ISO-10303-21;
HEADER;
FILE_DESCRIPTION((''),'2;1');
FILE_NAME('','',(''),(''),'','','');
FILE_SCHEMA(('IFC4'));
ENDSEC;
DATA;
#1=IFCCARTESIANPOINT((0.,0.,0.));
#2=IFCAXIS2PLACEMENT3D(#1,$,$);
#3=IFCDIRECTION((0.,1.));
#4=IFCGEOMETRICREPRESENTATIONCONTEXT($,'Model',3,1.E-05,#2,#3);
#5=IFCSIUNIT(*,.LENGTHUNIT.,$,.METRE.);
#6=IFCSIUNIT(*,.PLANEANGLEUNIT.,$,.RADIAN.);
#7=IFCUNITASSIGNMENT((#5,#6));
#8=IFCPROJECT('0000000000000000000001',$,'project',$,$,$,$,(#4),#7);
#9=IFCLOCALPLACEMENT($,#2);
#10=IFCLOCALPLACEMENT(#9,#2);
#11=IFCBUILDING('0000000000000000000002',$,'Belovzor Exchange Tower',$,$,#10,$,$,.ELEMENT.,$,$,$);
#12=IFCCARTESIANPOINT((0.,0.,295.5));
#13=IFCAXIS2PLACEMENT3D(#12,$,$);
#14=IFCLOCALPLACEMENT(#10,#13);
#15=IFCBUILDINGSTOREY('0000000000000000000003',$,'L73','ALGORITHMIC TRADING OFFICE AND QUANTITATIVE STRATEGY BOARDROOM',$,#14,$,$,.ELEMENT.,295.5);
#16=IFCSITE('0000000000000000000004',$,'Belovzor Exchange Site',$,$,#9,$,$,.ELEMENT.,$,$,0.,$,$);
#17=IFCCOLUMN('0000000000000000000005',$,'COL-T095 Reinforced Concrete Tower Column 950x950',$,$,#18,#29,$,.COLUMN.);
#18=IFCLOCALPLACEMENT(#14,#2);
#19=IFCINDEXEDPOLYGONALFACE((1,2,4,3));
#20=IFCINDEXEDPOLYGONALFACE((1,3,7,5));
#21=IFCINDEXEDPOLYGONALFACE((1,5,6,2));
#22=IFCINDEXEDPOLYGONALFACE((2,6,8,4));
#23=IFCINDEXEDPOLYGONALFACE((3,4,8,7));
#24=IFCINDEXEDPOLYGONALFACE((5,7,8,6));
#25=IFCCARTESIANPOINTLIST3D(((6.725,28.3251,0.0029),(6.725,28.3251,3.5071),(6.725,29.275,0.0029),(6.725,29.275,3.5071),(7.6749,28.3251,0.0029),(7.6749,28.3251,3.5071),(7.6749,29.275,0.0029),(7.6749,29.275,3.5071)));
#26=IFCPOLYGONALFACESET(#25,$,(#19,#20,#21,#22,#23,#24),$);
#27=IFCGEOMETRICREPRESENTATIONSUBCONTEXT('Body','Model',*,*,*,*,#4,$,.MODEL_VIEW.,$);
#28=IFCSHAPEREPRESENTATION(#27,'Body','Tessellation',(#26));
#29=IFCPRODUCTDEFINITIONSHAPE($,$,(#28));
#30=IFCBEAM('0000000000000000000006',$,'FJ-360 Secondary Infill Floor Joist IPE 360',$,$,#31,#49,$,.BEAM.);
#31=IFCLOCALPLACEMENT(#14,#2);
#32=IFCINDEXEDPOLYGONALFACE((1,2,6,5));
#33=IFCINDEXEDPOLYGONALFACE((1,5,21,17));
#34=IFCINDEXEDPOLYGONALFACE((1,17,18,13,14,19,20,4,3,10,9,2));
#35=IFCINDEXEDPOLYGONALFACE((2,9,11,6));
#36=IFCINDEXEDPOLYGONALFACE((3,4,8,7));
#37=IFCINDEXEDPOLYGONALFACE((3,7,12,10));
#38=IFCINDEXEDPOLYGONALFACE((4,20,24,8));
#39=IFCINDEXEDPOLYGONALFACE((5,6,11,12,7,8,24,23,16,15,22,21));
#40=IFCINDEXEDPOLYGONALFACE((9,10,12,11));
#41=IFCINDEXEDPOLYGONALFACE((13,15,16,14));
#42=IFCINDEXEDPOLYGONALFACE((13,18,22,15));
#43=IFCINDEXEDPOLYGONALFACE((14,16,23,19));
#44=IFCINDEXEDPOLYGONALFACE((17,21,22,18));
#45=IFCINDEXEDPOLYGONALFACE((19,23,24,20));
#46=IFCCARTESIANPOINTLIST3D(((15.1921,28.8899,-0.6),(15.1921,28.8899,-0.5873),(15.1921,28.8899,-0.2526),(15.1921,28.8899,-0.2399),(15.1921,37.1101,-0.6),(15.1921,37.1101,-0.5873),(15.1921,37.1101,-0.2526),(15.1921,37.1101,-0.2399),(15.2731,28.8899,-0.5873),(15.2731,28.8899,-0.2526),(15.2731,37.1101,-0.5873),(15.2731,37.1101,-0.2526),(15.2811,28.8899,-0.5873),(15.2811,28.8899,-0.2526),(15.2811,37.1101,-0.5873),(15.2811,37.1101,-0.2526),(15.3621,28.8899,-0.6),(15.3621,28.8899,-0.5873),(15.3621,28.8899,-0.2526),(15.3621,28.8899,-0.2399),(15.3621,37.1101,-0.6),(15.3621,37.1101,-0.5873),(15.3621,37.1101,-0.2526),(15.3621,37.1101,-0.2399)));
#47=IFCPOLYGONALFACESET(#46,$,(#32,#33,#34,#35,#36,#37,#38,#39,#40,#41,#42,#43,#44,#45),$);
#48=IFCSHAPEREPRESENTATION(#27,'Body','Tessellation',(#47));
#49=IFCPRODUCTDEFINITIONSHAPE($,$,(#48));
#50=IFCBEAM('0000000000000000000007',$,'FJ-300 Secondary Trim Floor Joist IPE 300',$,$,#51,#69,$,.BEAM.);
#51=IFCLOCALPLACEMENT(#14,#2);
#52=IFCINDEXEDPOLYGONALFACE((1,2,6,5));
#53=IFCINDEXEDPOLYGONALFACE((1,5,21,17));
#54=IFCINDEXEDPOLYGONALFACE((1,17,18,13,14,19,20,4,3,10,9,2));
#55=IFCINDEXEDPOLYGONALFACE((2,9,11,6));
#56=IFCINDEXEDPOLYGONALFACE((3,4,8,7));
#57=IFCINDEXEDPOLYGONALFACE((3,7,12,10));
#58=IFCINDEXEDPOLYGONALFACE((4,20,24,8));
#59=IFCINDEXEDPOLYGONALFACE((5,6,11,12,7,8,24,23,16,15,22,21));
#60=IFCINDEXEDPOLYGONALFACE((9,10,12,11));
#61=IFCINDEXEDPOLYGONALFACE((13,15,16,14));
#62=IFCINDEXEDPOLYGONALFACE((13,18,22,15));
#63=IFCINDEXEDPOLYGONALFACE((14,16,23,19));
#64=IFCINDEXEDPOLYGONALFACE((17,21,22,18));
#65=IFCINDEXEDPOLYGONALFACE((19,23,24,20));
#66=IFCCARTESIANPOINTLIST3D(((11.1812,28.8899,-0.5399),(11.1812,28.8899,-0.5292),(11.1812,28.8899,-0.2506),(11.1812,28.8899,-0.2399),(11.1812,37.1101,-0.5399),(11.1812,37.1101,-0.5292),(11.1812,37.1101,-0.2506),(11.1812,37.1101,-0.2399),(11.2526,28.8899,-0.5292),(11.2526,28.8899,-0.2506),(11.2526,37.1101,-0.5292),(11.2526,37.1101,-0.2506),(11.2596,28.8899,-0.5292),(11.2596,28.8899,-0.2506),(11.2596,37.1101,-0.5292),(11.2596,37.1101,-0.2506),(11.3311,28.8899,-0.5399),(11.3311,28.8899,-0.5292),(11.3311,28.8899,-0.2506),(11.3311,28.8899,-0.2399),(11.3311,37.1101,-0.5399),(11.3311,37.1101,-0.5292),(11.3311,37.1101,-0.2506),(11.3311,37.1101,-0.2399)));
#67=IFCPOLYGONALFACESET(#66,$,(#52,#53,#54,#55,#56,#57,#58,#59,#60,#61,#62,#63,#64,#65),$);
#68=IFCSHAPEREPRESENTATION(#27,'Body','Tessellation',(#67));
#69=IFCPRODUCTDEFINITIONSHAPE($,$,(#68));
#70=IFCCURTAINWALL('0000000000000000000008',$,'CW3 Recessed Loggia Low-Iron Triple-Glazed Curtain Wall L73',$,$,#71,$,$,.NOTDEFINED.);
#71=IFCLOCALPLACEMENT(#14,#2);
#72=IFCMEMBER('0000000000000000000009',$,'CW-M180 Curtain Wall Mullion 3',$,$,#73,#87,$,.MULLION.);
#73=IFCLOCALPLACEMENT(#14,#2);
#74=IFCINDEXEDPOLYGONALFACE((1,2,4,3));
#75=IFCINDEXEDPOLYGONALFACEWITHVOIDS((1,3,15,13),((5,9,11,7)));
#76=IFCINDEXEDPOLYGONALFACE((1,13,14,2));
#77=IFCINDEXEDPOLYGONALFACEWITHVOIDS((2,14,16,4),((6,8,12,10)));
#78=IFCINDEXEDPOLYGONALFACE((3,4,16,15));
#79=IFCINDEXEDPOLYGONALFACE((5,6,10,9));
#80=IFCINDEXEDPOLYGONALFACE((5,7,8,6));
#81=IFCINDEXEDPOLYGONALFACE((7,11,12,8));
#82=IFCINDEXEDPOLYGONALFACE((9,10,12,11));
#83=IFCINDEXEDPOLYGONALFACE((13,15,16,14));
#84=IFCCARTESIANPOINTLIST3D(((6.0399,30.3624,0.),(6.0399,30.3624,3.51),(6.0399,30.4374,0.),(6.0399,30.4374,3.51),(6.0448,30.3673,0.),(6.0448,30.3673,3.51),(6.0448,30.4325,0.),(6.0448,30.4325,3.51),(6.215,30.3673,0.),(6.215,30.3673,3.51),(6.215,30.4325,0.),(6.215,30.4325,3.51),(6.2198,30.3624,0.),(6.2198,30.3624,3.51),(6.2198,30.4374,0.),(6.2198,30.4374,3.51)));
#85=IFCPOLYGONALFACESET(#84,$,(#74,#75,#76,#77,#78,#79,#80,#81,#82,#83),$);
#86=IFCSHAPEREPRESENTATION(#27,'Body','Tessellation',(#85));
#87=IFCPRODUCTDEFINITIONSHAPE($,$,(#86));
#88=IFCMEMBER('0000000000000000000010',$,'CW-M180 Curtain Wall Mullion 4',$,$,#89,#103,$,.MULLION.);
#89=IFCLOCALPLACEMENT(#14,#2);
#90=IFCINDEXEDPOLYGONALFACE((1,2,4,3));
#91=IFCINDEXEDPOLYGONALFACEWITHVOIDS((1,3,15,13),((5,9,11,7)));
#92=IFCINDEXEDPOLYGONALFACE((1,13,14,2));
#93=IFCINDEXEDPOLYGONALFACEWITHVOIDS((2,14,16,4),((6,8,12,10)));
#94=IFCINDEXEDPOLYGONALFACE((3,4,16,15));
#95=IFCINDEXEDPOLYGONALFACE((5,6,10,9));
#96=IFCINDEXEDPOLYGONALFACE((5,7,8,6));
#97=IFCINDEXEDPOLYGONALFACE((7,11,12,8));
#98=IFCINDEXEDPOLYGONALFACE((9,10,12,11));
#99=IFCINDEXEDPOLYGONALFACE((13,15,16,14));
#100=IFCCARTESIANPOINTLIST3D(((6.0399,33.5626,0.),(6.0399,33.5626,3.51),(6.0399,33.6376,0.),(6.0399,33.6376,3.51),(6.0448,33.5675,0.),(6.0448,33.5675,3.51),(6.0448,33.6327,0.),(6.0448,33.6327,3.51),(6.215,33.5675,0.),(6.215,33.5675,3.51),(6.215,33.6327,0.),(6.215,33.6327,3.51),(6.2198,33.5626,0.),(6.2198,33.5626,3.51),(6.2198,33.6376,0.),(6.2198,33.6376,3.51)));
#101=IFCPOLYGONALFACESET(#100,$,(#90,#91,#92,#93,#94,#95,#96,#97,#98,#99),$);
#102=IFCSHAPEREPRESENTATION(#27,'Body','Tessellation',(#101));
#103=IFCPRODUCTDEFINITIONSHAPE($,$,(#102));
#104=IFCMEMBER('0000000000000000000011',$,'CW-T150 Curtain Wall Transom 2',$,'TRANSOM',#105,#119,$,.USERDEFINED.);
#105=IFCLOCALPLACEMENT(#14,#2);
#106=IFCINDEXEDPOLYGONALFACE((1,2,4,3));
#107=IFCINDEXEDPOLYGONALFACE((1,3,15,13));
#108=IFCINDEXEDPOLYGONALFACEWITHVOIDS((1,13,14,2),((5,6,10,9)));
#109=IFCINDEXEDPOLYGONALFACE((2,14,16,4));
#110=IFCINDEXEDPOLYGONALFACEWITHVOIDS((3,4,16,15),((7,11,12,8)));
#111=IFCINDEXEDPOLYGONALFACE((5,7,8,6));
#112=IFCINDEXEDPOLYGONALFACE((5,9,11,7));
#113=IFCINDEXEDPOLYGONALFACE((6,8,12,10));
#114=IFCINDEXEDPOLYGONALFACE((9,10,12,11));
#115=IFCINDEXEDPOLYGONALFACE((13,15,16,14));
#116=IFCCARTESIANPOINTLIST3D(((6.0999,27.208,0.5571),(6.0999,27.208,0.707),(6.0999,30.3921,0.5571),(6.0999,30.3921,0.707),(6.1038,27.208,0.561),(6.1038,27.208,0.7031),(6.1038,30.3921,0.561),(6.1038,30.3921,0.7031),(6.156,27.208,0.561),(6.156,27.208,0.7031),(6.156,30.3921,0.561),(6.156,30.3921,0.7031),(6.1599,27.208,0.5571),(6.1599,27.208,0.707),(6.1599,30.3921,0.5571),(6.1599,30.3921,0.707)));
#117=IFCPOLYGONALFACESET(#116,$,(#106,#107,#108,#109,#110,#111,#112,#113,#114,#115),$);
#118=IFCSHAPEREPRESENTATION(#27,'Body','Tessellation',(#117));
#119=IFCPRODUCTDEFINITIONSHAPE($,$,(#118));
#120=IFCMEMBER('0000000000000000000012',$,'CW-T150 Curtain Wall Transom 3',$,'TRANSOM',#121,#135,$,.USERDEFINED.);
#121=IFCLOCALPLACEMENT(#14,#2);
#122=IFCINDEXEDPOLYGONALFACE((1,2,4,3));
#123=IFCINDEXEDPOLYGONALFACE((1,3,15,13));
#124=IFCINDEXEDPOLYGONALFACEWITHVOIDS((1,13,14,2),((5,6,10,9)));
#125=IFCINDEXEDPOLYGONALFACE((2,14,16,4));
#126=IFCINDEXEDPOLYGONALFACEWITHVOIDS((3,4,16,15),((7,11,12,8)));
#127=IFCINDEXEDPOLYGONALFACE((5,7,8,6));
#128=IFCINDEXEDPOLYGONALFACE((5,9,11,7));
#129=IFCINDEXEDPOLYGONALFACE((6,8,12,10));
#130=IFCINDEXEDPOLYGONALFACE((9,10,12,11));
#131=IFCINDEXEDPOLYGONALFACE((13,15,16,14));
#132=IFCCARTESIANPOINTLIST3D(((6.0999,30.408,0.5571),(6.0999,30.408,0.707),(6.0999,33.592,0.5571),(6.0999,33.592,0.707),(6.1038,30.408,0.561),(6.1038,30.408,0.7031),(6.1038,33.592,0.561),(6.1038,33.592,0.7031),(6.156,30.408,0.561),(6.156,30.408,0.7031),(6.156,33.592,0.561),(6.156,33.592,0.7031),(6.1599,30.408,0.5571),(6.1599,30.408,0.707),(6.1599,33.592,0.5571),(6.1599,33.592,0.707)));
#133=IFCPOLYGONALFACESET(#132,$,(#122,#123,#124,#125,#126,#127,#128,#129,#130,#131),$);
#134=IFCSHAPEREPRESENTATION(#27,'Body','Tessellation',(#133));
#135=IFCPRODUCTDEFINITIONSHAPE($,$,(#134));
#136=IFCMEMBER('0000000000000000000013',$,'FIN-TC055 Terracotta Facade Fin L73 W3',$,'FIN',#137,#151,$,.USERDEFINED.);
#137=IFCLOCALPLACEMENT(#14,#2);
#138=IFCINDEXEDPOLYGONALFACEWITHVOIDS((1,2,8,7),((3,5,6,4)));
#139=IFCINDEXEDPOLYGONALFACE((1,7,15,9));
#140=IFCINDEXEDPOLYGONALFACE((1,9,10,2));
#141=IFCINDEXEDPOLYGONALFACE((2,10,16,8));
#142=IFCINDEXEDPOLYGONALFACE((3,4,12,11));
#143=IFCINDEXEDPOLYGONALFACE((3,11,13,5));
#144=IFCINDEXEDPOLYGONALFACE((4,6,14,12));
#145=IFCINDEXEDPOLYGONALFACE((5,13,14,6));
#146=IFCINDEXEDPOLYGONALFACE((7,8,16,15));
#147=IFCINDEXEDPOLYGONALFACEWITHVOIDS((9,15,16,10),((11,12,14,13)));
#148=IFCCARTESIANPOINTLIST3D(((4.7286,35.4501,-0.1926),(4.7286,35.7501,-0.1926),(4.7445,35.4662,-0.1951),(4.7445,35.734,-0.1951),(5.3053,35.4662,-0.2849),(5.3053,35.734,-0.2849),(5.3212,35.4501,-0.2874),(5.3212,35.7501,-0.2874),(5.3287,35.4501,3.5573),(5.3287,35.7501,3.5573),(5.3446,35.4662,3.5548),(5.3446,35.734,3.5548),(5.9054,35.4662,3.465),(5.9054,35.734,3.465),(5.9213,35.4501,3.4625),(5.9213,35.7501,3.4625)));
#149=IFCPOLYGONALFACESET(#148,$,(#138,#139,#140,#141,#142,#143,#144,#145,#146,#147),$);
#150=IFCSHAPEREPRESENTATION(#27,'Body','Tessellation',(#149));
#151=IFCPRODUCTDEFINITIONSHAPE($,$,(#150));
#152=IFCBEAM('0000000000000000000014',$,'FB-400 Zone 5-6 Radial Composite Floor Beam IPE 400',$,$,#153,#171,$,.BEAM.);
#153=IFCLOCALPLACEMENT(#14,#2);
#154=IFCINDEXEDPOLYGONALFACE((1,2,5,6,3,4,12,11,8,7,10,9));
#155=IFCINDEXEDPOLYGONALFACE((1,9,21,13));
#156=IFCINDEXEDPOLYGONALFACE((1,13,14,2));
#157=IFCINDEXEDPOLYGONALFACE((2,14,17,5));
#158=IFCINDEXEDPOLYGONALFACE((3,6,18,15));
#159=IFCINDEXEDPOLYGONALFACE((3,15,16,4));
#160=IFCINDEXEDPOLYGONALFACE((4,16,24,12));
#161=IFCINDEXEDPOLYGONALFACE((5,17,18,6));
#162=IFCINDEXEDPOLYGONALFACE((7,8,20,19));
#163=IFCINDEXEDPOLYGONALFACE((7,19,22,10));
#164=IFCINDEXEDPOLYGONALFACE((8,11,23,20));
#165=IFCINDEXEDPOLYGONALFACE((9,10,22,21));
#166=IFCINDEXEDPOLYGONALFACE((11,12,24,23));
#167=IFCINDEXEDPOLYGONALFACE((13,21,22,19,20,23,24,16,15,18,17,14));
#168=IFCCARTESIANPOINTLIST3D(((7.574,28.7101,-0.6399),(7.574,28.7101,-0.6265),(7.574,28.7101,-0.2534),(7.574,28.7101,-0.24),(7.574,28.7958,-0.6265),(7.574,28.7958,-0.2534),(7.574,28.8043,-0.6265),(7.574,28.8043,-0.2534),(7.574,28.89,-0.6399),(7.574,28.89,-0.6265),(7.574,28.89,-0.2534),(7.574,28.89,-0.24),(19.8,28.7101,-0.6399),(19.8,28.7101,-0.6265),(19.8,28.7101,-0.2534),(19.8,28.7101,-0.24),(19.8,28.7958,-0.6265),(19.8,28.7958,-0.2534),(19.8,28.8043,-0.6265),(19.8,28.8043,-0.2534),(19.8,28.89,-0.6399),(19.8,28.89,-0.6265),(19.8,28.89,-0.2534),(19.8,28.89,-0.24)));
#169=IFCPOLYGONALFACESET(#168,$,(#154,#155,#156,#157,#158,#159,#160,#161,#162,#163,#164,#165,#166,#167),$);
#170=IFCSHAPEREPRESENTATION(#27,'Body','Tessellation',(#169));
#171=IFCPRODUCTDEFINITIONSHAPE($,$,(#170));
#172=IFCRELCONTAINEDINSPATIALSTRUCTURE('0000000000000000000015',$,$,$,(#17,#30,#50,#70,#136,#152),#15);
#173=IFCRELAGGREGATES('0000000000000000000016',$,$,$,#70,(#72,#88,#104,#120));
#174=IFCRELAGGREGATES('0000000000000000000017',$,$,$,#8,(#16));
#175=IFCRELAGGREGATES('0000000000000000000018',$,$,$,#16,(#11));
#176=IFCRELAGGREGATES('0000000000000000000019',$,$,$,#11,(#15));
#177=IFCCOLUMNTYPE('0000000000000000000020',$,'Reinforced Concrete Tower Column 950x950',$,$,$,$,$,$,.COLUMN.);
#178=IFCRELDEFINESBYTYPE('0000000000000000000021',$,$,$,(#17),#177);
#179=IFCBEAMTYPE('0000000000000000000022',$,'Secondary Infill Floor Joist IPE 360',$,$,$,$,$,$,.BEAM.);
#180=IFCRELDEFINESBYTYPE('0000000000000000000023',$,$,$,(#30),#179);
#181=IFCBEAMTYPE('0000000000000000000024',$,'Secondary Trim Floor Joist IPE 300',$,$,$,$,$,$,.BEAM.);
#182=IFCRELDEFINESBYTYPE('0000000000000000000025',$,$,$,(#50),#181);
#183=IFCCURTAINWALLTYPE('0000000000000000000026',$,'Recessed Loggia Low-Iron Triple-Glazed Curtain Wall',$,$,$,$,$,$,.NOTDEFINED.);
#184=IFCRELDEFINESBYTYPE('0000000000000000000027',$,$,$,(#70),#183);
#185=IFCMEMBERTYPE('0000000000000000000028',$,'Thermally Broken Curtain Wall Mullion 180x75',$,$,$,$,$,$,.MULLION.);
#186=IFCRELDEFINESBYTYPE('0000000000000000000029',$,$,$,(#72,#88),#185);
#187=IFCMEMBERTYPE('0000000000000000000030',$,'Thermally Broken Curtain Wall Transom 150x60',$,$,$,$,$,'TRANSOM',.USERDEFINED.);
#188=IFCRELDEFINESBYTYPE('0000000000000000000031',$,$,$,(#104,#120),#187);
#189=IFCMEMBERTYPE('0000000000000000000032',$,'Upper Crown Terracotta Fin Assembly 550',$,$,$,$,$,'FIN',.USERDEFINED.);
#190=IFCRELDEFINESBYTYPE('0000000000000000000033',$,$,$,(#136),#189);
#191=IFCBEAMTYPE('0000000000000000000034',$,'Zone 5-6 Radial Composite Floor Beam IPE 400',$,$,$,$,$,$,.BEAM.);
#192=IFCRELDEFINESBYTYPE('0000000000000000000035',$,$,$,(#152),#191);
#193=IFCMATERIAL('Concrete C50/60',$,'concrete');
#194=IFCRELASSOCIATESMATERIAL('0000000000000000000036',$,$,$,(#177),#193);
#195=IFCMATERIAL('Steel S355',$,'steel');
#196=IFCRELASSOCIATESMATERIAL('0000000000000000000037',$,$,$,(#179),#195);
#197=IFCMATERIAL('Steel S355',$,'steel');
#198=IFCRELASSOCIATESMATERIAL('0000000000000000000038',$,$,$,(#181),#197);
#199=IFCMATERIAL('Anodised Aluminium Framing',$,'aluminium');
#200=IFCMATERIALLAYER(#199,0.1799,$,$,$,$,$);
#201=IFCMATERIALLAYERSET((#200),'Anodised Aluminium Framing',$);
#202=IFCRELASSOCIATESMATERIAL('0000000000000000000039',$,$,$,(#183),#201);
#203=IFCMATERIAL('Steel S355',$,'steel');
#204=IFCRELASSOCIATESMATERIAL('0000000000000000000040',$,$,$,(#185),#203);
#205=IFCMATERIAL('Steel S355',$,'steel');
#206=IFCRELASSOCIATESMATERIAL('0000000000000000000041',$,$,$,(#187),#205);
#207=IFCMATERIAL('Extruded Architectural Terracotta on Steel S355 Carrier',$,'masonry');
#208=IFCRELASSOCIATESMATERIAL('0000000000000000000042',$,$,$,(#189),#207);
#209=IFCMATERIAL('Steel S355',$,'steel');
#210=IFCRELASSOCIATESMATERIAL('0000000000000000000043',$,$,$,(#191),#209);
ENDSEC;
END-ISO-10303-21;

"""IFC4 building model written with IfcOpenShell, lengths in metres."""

from ifc_helpers import new_model, si_unit, direction, frame, origin, origin_2d, place, context, subcontext, project, spatial, rectangle, hollow_rectangle, i_section, extrude, material, layer, layer_set, material_profile, profile_set, type_object, element, aggregate, save


model = new_model("IFC4")

# Units and contexts
model_context = context("Model", 3, precision=1e-05, world=origin(), true_north=direction((0.0, 1.0)))
body_context = subcontext(model_context, "Body", "Model", "MODEL_VIEW")
ifc_project = project(units=[si_unit("LENGTHUNIT", "METRE"), si_unit("PLANEANGLEUNIT", "RADIAN")], contexts=[model_context])

# Site, building, storey
site_placement = place(None, origin())
site = spatial("IfcSite", under=ifc_project, at=site_placement, Name="Belovzor Exchange Site", CompositionType="ELEMENT", RefElevation=0.0)
building_placement = place(site_placement, origin())
building = spatial("IfcBuilding", under=site, at=building_placement, Name="Belovzor Exchange Tower", CompositionType="ELEMENT")
storey_placement = place(building_placement, frame((0.0, 0.0, 295.5)))
storey = spatial("IfcBuildingStorey", under=building, at=storey_placement, Name="L73", Description="ALGORITHMIC TRADING OFFICE AND QUANTITATIVE STRATEGY BOARDROOM", CompositionType="ELEMENT", Elevation=295.5)

# Column
ifc_material_1 = material(Name="Concrete C50/60", Category="concrete")
ifc_material_profile_1 = material_profile(ifc_material_1, rectangle(XDim=0.95, YDim=0.95, at=origin_2d()))
ifc_profile_set_1 = profile_set([ifc_material_profile_1], Name="Concrete C50/60")
column_type = type_object("IfcColumnType", Name="Reinforced Concrete Tower Column 950x950", PredefinedType="COLUMN", material=ifc_profile_set_1)
column_placement = place(storey_placement, frame((7.2, 28.8, 0.0029), z_axis=(0.0, 0.0, 1.0), x_axis=(1.0, 0.0, 0.0)))
element("IfcColumn", 1, at=column_placement, inside=storey, type_object=column_type, Name="COL-T095 Reinforced Concrete Tower Column 950x950", PredefinedType="COLUMN", context=body_context, shape_type="SweptSolid", body=[
    extrude(rectangle(XDim=0.95, YDim=0.95, at=origin_2d()), origin(), (0.0, 0.0, 1.0), 3.5042),
])

# Beams
ifc_material_2 = material(Name="Steel S355", Category="steel")
ifc_material_profile_2 = material_profile(ifc_material_2, i_section(OverallWidth=0.1699, OverallDepth=0.3601, WebThickness=0.0081, FlangeThickness=0.0127, at=origin_2d()))
ifc_profile_set_2 = profile_set([ifc_material_profile_2], Name="Steel S355")
beam_type_1 = type_object("IfcBeamType", Name="Secondary Infill Floor Joist IPE 360", PredefinedType="BEAM", material=ifc_profile_set_2)
beam_1_placement = place(storey_placement, frame((15.2771, 28.8899, -0.4199), z_axis=(0.0, 1.0, 0.0), x_axis=(-1.0, 0.0, 0.0)))
element("IfcBeam", 2, at=beam_1_placement, inside=storey, type_object=beam_type_1, Name="FJ-360 Secondary Infill Floor Joist IPE 360", PredefinedType="BEAM", context=body_context, shape_type="SweptSolid", body=[
    extrude(i_section(OverallWidth=0.1699, OverallDepth=0.3601, WebThickness=0.0081, FlangeThickness=0.0127, at=origin_2d()), origin(), (0.0, 0.0, 1.0), 8.2202),
])
ifc_material_3 = material(Name="Steel S355", Category="steel")
ifc_material_profile_3 = material_profile(ifc_material_3, i_section(OverallWidth=0.1499, OverallDepth=0.3, WebThickness=0.0071, FlangeThickness=0.0107, at=origin_2d()))
ifc_profile_set_3 = profile_set([ifc_material_profile_3], Name="Steel S355")
beam_type_2 = type_object("IfcBeamType", Name="Secondary Trim Floor Joist IPE 300", PredefinedType="BEAM", material=ifc_profile_set_3)
beam_2_placement = place(storey_placement, frame((11.2561, 28.8899, -0.3899), z_axis=(0.0, 1.0, 0.0), x_axis=(-1.0, 0.0, 0.0)))
element("IfcBeam", 3, at=beam_2_placement, inside=storey, type_object=beam_type_2, Name="FJ-300 Secondary Trim Floor Joist IPE 300", PredefinedType="BEAM", context=body_context, shape_type="SweptSolid", body=[
    extrude(i_section(OverallWidth=0.1499, OverallDepth=0.3, WebThickness=0.0071, FlangeThickness=0.0107, at=origin_2d()), origin(), (0.0, 0.0, 1.0), 8.2202),
])

# Curtain wall, members
ifc_material_4 = material(Name="Anodised Aluminium Framing", Category="aluminium")
ifc_layer_1 = layer(ifc_material_4, 0.1799)
ifc_layer_set_1 = layer_set([ifc_layer_1], Name="Anodised Aluminium Framing")
curtain_wall_type = type_object("IfcCurtainWallType", Name="Recessed Loggia Low-Iron Triple-Glazed Curtain Wall", PredefinedType="NOTDEFINED", material=ifc_layer_set_1)
curtain_wall_placement = place(storey_placement, origin())
curtain_wall = element("IfcCurtainWall", 4, at=curtain_wall_placement, inside=storey, type_object=curtain_wall_type, Name="CW3 Recessed Loggia Low-Iron Triple-Glazed Curtain Wall L73", PredefinedType="NOTDEFINED")
ifc_material_5 = material(Name="Steel S355", Category="steel")
ifc_material_profile_4 = material_profile(ifc_material_5, hollow_rectangle(XDim=0.075, YDim=0.1799, WallThickness=0.0049, at=origin_2d()))
ifc_profile_set_4 = profile_set([ifc_material_profile_4], Name="Steel S355")
member_type_1 = type_object("IfcMemberType", Name="Thermally Broken Curtain Wall Mullion 180x75", PredefinedType="MULLION", material=ifc_profile_set_4)
member_1_placement = place(storey_placement, frame((6.1299, 30.3999, 0.0), z_axis=(0.0, 0.0, 1.0), x_axis=(0.0, 1.0, 0.0)))
member_1 = element("IfcMember", 5, at=member_1_placement, type_object=member_type_1, Name="CW-M180 Curtain Wall Mullion 3", PredefinedType="MULLION", context=body_context, shape_type="SweptSolid", body=[
    extrude(hollow_rectangle(XDim=0.075, YDim=0.1799, WallThickness=0.0049, at=origin_2d()), origin(), (0.0, 0.0, 1.0), 3.51),
])
member_2_placement = place(storey_placement, frame((6.1299, 33.6001, 0.0), z_axis=(0.0, 0.0, 1.0), x_axis=(0.0, 1.0, 0.0)))
member_2 = element("IfcMember", 6, at=member_2_placement, type_object=member_type_1, Name="CW-M180 Curtain Wall Mullion 4", PredefinedType="MULLION", context=body_context, shape_type="SweptSolid", body=[
    extrude(hollow_rectangle(XDim=0.075, YDim=0.1799, WallThickness=0.0049, at=origin_2d()), origin(), (0.0, 0.0, 1.0), 3.51),
])
ifc_material_6 = material(Name="Steel S355", Category="steel")
ifc_material_profile_5 = material_profile(ifc_material_6, hollow_rectangle(XDim=0.0601, YDim=0.1499, WallThickness=0.0039, at=origin_2d()))
ifc_profile_set_5 = profile_set([ifc_material_profile_5], Name="Steel S355")
member_type_2 = type_object("IfcMemberType", Name="Thermally Broken Curtain Wall Transom 150x60", ElementType="TRANSOM", PredefinedType="USERDEFINED", material=ifc_profile_set_5)
member_3_placement = place(storey_placement, frame((6.1299, 27.208, 0.6321), z_axis=(0.0, 1.0, 0.0), x_axis=(-1.0, 0.0, 0.0)))
member_3 = element("IfcMember", 7, at=member_3_placement, type_object=member_type_2, Name="CW-T150 Curtain Wall Transom 2", ObjectType="TRANSOM", PredefinedType="USERDEFINED", context=body_context, shape_type="SweptSolid", body=[
    extrude(hollow_rectangle(XDim=0.0601, YDim=0.1499, WallThickness=0.0039, at=origin_2d()), origin(), (0.0, 0.0, 1.0), 3.1841),
])
member_4_placement = place(storey_placement, frame((6.1299, 30.408, 0.6321), z_axis=(0.0, 1.0, 0.0), x_axis=(-1.0, 0.0, 0.0)))
member_4 = element("IfcMember", 8, at=member_4_placement, type_object=member_type_2, Name="CW-T150 Curtain Wall Transom 3", ObjectType="TRANSOM", PredefinedType="USERDEFINED", context=body_context, shape_type="SweptSolid", body=[
    extrude(hollow_rectangle(XDim=0.0601, YDim=0.1499, WallThickness=0.0039, at=origin_2d()), origin(), (0.0, 0.0, 1.0), 3.1841),
])

# Member
ifc_material_7 = material(Name="Extruded Architectural Terracotta on Steel S355 Carrier", Category="masonry")
ifc_material_profile_6 = material_profile(ifc_material_7, hollow_rectangle(XDim=0.3, YDim=0.6001, WallThickness=0.0161, at=origin_2d()))
ifc_profile_set_6 = profile_set([ifc_material_profile_6], Name="Extruded Architectural Terracotta on Steel S355 Carrier")
member_type_3 = type_object("IfcMemberType", Name="Upper Crown Terracotta Fin Assembly 550", ElementType="FIN", PredefinedType="USERDEFINED", material=ifc_profile_set_6)
member_5_placement = place(storey_placement, frame((5.0249, 35.6001, -0.24), z_axis=(0.158016, 0.0, 0.987437), x_axis=(0.0, 1.0, 0.0)))
element("IfcMember", 9, at=member_5_placement, inside=storey, type_object=member_type_3, Name="FIN-TC055 Terracotta Facade Fin L73 W3", ObjectType="FIN", PredefinedType="USERDEFINED", context=body_context, shape_type="SweptSolid", body=[
    extrude(hollow_rectangle(XDim=0.3, YDim=0.6001, WallThickness=0.0161, at=origin_2d()), origin(), (0.0, 0.0, 1.0), 3.7976),
])

# Beam
ifc_material_8 = material(Name="Steel S355", Category="steel")
ifc_material_profile_7 = material_profile(ifc_material_8, i_section(OverallWidth=0.1799, OverallDepth=0.3999, WebThickness=0.0085, FlangeThickness=0.0134, at=origin_2d()))
ifc_profile_set_7 = profile_set([ifc_material_profile_7], Name="Steel S355")
beam_type_3 = type_object("IfcBeamType", Name="Zone 5-6 Radial Composite Floor Beam IPE 400", PredefinedType="BEAM", material=ifc_profile_set_7)
beam_3_placement = place(storey_placement, frame((19.8, 28.8, -0.4399), z_axis=(-1.0, 0.0, 0.0), x_axis=(0.0, -1.0, 0.0)))
element("IfcBeam", 10, at=beam_3_placement, inside=storey, type_object=beam_type_3, Name="FB-400 Zone 5-6 Radial Composite Floor Beam IPE 400", PredefinedType="BEAM", context=body_context, shape_type="SweptSolid", body=[
    extrude(i_section(OverallWidth=0.1799, OverallDepth=0.3999, WebThickness=0.0085, FlangeThickness=0.0134, at=origin_2d()), origin(), (0.0, 0.0, 1.0), 12.2261),
])

aggregate(curtain_wall, [member_1, member_2, member_3, member_4])

save(model, "model.ifc")
